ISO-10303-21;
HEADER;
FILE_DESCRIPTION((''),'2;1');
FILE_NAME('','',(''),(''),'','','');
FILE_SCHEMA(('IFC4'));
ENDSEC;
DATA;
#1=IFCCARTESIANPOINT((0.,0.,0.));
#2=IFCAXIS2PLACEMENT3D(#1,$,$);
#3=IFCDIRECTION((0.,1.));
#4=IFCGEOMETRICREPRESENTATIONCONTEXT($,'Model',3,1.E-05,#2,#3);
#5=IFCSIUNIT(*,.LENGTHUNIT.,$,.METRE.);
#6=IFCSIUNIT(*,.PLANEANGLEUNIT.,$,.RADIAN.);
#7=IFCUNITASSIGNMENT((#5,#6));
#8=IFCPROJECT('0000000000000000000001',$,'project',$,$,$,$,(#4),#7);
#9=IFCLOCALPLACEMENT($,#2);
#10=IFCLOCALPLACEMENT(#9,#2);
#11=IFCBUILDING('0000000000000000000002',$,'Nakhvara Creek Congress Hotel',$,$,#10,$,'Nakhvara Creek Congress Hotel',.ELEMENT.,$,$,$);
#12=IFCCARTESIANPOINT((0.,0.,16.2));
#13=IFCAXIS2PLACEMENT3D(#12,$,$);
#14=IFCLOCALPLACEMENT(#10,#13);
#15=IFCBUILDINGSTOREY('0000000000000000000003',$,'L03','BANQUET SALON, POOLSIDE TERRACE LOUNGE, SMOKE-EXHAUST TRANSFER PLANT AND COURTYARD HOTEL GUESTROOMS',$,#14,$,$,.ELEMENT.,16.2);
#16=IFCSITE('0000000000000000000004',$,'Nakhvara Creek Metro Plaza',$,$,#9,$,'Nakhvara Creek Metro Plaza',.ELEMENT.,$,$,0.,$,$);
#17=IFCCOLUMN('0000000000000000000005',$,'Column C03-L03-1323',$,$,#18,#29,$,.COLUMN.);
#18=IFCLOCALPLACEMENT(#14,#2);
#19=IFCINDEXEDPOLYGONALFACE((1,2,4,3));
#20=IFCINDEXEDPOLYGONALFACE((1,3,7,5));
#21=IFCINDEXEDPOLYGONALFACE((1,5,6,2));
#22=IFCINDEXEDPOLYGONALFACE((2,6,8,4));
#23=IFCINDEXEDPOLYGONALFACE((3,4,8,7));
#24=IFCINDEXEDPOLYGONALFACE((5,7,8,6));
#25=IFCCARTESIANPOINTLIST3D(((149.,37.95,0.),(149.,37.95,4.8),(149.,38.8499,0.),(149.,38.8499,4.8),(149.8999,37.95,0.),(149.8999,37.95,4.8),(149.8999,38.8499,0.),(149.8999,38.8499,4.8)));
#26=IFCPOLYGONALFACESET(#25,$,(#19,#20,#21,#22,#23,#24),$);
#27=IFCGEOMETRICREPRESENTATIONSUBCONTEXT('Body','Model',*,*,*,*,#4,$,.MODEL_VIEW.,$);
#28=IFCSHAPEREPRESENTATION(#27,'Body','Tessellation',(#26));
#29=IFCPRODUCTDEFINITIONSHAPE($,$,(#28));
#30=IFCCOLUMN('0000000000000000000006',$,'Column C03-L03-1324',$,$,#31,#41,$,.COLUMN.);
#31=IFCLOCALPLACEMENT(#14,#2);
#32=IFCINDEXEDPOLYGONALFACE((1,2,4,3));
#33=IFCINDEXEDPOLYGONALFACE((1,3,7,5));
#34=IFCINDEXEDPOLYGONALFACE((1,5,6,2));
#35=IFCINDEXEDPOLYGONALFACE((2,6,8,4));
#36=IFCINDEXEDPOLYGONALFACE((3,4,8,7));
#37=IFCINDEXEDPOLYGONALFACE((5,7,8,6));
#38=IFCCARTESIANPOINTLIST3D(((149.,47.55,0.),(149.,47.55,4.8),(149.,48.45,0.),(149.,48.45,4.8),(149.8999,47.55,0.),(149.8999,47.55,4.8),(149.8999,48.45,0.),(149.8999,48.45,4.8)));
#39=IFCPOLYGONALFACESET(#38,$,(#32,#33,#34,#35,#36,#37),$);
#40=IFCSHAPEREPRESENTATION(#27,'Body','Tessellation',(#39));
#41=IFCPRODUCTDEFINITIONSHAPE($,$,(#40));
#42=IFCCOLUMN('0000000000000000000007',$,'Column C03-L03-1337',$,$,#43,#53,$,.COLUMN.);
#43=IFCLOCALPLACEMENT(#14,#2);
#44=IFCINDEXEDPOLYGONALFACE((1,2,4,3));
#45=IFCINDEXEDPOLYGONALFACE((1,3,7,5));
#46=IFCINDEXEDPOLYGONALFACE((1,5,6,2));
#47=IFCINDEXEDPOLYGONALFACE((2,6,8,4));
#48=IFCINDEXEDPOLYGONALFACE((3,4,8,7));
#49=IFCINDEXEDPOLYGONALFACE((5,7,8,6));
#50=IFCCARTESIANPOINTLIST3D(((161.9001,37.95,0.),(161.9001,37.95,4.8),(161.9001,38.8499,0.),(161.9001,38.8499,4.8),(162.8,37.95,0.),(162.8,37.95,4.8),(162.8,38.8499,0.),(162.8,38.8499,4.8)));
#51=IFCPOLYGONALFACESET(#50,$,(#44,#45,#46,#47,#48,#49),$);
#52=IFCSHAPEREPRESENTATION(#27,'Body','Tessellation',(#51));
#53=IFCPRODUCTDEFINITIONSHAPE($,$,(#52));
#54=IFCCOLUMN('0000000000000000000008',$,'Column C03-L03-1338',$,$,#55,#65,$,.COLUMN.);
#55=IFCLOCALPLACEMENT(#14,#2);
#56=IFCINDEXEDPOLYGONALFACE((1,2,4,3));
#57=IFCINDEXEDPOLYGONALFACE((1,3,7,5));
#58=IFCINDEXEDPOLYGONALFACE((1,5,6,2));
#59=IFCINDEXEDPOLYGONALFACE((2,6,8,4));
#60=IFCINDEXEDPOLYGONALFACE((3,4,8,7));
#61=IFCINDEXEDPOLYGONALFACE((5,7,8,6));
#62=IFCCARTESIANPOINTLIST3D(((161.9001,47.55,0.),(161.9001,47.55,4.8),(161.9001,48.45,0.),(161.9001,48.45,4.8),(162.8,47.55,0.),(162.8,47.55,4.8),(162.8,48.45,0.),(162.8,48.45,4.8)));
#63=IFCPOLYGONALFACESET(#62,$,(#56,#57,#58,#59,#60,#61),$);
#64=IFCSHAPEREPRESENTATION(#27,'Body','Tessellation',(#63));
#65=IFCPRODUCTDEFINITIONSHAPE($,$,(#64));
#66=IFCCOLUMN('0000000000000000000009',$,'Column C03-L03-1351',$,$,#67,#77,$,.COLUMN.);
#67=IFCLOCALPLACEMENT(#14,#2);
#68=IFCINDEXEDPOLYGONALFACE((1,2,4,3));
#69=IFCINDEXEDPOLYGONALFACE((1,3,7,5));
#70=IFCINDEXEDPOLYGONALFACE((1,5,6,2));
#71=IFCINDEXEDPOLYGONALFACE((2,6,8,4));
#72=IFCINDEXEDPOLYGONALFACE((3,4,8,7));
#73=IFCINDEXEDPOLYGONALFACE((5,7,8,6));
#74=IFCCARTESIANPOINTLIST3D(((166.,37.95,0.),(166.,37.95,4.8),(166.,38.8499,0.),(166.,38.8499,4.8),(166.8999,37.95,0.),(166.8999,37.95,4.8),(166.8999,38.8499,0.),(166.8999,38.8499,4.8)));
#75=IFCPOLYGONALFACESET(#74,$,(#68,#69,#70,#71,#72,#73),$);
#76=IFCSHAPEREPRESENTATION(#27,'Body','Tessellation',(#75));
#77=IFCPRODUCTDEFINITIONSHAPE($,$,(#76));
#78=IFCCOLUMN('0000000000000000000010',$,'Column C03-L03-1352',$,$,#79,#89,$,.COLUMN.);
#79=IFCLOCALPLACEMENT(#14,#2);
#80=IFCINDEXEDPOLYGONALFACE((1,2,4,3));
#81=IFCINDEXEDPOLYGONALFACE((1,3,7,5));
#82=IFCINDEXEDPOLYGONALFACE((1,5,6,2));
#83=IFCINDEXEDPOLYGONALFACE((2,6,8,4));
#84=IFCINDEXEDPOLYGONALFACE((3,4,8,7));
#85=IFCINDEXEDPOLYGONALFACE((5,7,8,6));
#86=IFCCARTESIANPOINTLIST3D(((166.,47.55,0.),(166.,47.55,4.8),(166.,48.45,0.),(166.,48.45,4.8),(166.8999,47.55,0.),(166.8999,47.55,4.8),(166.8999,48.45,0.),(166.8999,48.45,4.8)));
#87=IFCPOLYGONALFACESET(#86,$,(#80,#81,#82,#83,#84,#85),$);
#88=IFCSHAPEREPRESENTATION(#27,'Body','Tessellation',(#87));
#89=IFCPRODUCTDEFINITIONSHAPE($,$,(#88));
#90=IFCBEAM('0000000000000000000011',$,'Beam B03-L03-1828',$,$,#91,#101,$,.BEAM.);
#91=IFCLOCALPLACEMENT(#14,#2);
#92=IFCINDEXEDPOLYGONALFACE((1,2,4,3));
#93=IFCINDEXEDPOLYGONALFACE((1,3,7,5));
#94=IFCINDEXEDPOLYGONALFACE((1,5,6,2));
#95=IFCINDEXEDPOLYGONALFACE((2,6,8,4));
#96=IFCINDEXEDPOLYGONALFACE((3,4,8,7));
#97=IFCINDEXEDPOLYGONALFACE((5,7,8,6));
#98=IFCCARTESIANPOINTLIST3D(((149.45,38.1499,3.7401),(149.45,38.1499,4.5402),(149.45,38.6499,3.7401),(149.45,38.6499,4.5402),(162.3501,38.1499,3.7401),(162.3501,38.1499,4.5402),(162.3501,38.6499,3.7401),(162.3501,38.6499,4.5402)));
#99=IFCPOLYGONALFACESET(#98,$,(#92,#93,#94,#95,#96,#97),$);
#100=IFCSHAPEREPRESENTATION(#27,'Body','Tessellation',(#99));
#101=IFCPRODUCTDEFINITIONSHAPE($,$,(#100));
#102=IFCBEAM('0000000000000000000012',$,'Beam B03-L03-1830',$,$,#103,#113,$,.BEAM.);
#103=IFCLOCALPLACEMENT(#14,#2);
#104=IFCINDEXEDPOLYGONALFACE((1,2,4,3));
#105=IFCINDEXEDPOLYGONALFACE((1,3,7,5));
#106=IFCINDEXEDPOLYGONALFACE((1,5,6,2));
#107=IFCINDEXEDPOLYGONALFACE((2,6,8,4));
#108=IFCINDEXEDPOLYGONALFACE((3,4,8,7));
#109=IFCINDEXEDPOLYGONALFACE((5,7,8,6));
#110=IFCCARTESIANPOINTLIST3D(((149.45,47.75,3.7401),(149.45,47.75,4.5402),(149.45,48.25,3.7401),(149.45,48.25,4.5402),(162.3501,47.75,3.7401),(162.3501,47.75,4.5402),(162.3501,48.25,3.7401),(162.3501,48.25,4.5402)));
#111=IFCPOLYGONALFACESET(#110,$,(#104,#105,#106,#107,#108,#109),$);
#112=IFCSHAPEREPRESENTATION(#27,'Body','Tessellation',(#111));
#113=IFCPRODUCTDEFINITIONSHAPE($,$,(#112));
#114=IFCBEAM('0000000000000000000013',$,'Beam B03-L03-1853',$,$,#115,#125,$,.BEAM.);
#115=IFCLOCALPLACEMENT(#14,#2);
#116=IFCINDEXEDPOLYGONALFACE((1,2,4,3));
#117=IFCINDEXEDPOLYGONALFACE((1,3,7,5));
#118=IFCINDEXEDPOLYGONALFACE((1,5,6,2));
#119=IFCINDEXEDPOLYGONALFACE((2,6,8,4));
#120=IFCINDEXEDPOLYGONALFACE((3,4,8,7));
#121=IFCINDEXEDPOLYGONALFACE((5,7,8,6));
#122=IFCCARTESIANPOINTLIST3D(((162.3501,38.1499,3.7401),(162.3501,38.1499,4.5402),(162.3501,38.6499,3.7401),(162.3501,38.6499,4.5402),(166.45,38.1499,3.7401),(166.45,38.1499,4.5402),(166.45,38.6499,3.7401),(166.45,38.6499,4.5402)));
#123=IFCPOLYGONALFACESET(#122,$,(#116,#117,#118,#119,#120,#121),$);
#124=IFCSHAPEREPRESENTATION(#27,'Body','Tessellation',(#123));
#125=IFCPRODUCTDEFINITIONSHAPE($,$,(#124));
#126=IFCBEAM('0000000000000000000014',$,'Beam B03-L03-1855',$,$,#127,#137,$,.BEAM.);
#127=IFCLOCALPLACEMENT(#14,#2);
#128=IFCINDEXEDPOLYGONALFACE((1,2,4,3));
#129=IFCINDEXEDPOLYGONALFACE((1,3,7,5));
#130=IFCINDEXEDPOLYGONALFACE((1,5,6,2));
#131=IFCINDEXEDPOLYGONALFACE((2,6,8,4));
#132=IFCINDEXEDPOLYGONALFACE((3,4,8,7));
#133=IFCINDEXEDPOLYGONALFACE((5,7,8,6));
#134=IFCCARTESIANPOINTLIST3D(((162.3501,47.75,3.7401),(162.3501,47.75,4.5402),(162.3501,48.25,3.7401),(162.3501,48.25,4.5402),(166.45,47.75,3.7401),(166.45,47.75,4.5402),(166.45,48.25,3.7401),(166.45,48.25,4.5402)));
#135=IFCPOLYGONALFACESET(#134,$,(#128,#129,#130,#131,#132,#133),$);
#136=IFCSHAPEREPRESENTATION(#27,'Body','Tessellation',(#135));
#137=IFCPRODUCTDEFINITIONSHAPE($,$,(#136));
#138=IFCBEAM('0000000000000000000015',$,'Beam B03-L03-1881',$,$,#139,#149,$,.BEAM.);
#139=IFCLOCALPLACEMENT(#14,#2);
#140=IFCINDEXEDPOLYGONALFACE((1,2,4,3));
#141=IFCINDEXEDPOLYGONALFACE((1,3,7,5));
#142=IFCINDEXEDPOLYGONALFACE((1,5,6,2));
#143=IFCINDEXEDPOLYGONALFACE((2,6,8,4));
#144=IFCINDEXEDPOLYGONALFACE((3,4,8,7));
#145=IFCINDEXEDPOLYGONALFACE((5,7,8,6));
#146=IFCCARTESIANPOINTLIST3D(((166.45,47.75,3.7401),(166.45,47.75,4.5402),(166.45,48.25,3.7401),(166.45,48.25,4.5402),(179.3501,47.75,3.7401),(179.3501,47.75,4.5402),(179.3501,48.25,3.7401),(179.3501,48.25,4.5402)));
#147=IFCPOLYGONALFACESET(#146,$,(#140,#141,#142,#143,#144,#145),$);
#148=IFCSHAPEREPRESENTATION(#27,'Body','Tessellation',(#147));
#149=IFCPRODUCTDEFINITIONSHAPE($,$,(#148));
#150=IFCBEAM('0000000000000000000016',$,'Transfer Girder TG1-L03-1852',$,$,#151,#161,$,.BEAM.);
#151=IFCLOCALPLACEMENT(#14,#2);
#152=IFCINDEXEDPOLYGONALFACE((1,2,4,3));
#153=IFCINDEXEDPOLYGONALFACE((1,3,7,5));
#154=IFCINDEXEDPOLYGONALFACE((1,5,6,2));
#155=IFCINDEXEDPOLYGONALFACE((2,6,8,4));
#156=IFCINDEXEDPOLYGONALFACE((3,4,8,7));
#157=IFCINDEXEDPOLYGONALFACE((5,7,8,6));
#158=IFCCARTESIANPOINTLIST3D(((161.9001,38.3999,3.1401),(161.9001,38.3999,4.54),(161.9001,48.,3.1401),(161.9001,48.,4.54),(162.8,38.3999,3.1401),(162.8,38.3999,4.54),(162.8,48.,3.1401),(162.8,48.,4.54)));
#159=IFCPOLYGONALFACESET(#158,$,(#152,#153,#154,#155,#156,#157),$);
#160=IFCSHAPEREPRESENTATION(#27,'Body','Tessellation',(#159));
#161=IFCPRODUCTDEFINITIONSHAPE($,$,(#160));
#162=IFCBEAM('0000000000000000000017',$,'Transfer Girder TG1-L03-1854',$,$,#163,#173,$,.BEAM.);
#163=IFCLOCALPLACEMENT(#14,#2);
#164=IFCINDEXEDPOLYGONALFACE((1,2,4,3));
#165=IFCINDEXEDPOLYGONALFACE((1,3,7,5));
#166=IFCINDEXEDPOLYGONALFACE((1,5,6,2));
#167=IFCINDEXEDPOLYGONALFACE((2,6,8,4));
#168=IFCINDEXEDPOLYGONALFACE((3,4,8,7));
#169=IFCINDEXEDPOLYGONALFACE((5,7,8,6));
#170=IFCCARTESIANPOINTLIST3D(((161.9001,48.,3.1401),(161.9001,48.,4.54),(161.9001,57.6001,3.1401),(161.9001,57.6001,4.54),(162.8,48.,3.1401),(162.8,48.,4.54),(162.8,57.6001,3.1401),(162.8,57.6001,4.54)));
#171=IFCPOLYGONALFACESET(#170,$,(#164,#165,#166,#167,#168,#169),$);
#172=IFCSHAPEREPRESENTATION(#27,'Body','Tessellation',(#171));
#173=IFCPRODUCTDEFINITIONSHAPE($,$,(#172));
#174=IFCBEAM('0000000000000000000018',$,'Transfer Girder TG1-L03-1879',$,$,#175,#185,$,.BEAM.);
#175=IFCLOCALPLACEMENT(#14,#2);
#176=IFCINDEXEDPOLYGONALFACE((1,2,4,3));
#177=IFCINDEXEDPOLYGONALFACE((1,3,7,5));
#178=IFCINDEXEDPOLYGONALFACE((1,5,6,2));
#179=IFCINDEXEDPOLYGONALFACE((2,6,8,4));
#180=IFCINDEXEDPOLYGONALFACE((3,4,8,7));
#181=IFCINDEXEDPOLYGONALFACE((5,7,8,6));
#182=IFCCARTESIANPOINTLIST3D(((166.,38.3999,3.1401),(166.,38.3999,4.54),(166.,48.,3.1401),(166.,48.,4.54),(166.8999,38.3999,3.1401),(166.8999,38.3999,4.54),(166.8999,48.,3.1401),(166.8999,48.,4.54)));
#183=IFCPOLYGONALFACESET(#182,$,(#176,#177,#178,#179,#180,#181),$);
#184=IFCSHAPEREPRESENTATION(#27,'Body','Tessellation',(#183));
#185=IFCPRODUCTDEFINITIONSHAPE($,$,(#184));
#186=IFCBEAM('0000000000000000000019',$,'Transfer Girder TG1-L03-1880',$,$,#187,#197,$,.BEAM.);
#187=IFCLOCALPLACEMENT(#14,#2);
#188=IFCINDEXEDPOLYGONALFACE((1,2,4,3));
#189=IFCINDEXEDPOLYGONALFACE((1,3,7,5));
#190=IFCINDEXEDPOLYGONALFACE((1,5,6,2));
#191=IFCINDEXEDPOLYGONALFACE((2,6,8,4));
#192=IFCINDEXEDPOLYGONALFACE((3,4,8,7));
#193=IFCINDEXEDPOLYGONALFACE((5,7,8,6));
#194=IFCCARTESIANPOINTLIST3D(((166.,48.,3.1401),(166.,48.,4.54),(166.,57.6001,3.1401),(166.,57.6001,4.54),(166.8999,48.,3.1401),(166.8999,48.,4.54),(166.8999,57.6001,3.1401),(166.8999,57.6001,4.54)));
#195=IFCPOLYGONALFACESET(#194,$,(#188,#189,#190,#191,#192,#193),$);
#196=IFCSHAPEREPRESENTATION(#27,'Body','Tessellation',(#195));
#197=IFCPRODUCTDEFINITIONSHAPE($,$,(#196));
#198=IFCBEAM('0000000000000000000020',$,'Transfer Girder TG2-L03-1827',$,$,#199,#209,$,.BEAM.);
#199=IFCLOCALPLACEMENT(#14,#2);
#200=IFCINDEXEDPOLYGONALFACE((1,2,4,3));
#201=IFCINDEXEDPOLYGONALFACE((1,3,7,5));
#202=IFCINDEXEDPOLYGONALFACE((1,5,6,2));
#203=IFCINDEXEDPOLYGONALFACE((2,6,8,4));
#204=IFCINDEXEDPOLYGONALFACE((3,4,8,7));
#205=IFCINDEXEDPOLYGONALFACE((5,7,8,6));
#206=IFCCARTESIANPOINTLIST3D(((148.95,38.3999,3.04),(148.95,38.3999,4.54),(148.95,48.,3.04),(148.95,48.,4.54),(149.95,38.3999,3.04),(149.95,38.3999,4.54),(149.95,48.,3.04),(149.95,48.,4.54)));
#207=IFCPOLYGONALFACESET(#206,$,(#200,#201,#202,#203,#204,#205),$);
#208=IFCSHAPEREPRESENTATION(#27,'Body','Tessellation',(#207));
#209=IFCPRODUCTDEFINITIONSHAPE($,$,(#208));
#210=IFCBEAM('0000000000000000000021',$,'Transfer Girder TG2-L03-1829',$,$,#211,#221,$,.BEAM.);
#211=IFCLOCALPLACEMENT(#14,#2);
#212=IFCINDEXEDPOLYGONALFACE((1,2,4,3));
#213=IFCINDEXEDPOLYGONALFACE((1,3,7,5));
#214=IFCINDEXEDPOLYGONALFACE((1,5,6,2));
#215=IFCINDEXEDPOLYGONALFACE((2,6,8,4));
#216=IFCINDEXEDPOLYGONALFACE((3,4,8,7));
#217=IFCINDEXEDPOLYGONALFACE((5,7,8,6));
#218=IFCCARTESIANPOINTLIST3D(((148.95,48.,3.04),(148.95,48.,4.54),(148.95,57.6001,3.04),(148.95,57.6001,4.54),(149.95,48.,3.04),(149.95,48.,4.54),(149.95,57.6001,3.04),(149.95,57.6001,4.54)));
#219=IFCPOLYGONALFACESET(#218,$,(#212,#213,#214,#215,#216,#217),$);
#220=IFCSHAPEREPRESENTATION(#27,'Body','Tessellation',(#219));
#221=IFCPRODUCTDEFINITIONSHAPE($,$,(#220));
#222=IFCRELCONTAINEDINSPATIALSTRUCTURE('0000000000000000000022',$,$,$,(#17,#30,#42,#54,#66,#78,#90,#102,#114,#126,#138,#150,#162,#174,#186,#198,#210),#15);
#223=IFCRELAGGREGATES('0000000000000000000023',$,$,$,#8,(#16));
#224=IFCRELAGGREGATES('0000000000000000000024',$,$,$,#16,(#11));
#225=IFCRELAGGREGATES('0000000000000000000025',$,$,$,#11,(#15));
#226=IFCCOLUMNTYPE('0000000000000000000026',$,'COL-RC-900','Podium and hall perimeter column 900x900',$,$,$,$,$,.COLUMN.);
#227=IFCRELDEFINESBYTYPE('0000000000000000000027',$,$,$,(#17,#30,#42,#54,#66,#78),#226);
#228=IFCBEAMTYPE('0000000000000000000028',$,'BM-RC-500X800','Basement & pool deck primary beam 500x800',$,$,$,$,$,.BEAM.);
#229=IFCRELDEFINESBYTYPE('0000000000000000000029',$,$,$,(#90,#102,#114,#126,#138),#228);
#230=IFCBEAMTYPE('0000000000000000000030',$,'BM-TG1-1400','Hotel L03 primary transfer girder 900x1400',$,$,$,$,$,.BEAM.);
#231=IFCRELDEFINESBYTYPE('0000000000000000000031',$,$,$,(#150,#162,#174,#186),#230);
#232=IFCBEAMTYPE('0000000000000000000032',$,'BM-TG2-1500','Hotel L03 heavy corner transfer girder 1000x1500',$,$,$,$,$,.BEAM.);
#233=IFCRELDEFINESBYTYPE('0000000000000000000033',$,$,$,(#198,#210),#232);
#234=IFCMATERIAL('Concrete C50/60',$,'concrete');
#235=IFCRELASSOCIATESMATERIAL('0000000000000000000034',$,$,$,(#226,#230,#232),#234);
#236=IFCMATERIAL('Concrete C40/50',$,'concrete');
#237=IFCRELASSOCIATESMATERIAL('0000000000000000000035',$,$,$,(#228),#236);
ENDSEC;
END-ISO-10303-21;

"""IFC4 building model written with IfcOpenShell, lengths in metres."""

from ifc_helpers import new_model, si_unit, direction, frame, origin, origin_2d, place, context, subcontext, project, spatial, rectangle, extrude, material, material_profile, profile_set, type_object, element, save


model = new_model("IFC4")

# Units and contexts
model_context = context("Model", 3, precision=1e-05, world=origin(), true_north=direction((0.0, 1.0)))
body_context = subcontext(model_context, "Body", "Model", "MODEL_VIEW")
ifc_project = project(units=[si_unit("LENGTHUNIT", "METRE"), si_unit("PLANEANGLEUNIT", "RADIAN")], contexts=[model_context])

# Site, building, storey
site_placement = place(None, origin())
site = spatial("IfcSite", under=ifc_project, at=site_placement, Name="Nakhvara Creek Metro Plaza", LongName="Nakhvara Creek Metro Plaza", CompositionType="ELEMENT", RefElevation=0.0)
building_placement = place(site_placement, origin())
building = spatial("IfcBuilding", under=site, at=building_placement, Name="Nakhvara Creek Congress Hotel", LongName="Nakhvara Creek Congress Hotel", CompositionType="ELEMENT")
storey_placement = place(building_placement, frame((0.0, 0.0, 16.2)))
storey = spatial("IfcBuildingStorey", under=building, at=storey_placement, Name="L03", Description="BANQUET SALON, POOLSIDE TERRACE LOUNGE, SMOKE-EXHAUST TRANSFER PLANT AND COURTYARD HOTEL GUESTROOMS", CompositionType="ELEMENT", Elevation=16.2)

# Columns
ifc_material_1 = material(Name="Concrete C50/60", Category="concrete")
ifc_material_profile_1 = material_profile(ifc_material_1, rectangle(XDim=0.8999, YDim=0.8999, at=origin_2d()), Name="RC-COL 900x900", Category="LoadBearing")
ifc_profile_set_1 = profile_set([ifc_material_profile_1], Name="Concrete C50/60")
column_type = type_object("IfcColumnType", Name="COL-RC-900", Description="Podium and hall perimeter column 900x900", PredefinedType="COLUMN", material=ifc_profile_set_1)
for number, where, z_axis, x_axis, name in (
    (1, (149.45, 38.3999, 0.0), (0.0, 0.0, 1.0), (1.0, 0.0, 0.0), "Column C03-L03-1323"),
    (2, (149.45, 48.0, 0.0), (0.0, 0.0, 1.0), (1.0, 0.0, 0.0), "Column C03-L03-1324"),
    (3, (162.3501, 38.3999, 0.0), (0.0, 0.0, 1.0), (1.0, 0.0, 0.0), "Column C03-L03-1337"),
    (4, (162.3501, 48.0, 0.0), (0.0, 0.0, 1.0), (1.0, 0.0, 0.0), "Column C03-L03-1338"),
    (5, (166.45, 38.3999, 0.0), (0.0, 0.0, 1.0), (1.0, 0.0, 0.0), "Column C03-L03-1351"),
    (6, (166.45, 48.0, 0.0), (0.0, 0.0, 1.0), (1.0, 0.0, 0.0), "Column C03-L03-1352"),
):
    element("IfcColumn", number, at=place(storey_placement, frame(where, z_axis=z_axis, x_axis=x_axis)), inside=storey, type_object=column_type, Name=name, PredefinedType="COLUMN", context=body_context, shape_type="SweptSolid", body=[
        extrude(rectangle(XDim=0.8999, YDim=0.8999, at=origin_2d()), origin(), (0.0, 0.0, 1.0), 4.8),
    ])

# Beams
ifc_material_2 = material(Name="Concrete C40/50", Category="concrete")
ifc_material_profile_2 = material_profile(ifc_material_2, rectangle(XDim=0.5, YDim=0.8, at=origin_2d()), Name="RC-BM 500x800", Category="LoadBearing")
ifc_profile_set_2 = profile_set([ifc_material_profile_2], Name="Concrete C40/50")
beam_type_1 = type_object("IfcBeamType", Name="BM-RC-500X800", Description="Basement & pool deck primary beam 500x800", PredefinedType="BEAM", material=ifc_profile_set_2)
for number, where, z_axis, x_axis, name in (
    (7, (149.45, 38.3999, 4.1401), (1.0, 0.0, 0.0), (0.0, 1.0, 0.0), "Beam B03-L03-1828"),
    (8, (149.45, 48.0, 4.1401), (1.0, 0.0, 0.0), (0.0, 1.0, 0.0), "Beam B03-L03-1830"),
):
    element("IfcBeam", number, at=place(storey_placement, frame(where, z_axis=z_axis, x_axis=x_axis)), inside=storey, type_object=beam_type_1, Name=name, PredefinedType="BEAM", context=body_context, shape_type="SweptSolid", body=[
        extrude(rectangle(XDim=0.5, YDim=0.8, at=origin_2d()), origin(), (0.0, 0.0, 1.0), 12.9001),
    ])
for number, where, z_axis, x_axis, name in (
    (9, (162.3501, 38.3999, 4.1401), (1.0, 0.0, 0.0), (0.0, 1.0, 0.0), "Beam B03-L03-1853"),
    (10, (162.3501, 48.0, 4.1401), (1.0, 0.0, 0.0), (0.0, 1.0, 0.0), "Beam B03-L03-1855"),
):
    element("IfcBeam", number, at=place(storey_placement, frame(where, z_axis=z_axis, x_axis=x_axis)), inside=storey, type_object=beam_type_1, Name=name, PredefinedType="BEAM", context=body_context, shape_type="SweptSolid", body=[
        extrude(rectangle(XDim=0.5, YDim=0.8, at=origin_2d()), origin(), (0.0, 0.0, 1.0), 4.0999),
    ])
beam_placement = place(storey_placement, frame((166.45, 48.0, 4.1401), z_axis=(1.0, 0.0, 0.0), x_axis=(0.0, 1.0, 0.0)))
element("IfcBeam", 11, at=beam_placement, inside=storey, type_object=beam_type_1, Name="Beam B03-L03-1881", PredefinedType="BEAM", context=body_context, shape_type="SweptSolid", body=[
    extrude(rectangle(XDim=0.5, YDim=0.8, at=origin_2d()), origin(), (0.0, 0.0, 1.0), 12.9001),
])
ifc_material_profile_3 = material_profile(ifc_material_1, rectangle(XDim=0.8999, YDim=1.3999, at=origin_2d()), Name="RC-TG 900x1400", Category="LoadBearing")
ifc_profile_set_3 = profile_set([ifc_material_profile_3], Name="Concrete C50/60")
beam_type_2 = type_object("IfcBeamType", Name="BM-TG1-1400", Description="Hotel L03 primary transfer girder 900x1400", PredefinedType="BEAM", material=ifc_profile_set_3)
for number, where, z_axis, x_axis, name in (
    (12, (162.3501, 38.3999, 3.8401), (0.0, 1.0, 0.0), (-1.0, 0.0, 0.0), "Transfer Girder TG1-L03-1852"),
    (13, (162.3501, 48.0, 3.8401), (0.0, 1.0, 0.0), (-1.0, 0.0, 0.0), "Transfer Girder TG1-L03-1854"),
    (14, (166.45, 38.3999, 3.8401), (0.0, 1.0, 0.0), (-1.0, 0.0, 0.0), "Transfer Girder TG1-L03-1879"),
    (15, (166.45, 48.0, 3.8401), (0.0, 1.0, 0.0), (-1.0, 0.0, 0.0), "Transfer Girder TG1-L03-1880"),
):
    element("IfcBeam", number, at=place(storey_placement, frame(where, z_axis=z_axis, x_axis=x_axis)), inside=storey, type_object=beam_type_2, Name=name, PredefinedType="BEAM", context=body_context, shape_type="SweptSolid", body=[
        extrude(rectangle(XDim=0.8999, YDim=1.3999, at=origin_2d()), origin(), (0.0, 0.0, 1.0), 9.6001),
    ])
ifc_material_profile_4 = material_profile(ifc_material_1, rectangle(XDim=1.0, YDim=1.5, at=origin_2d()), Name="RC-TG 1000x1500", Category="LoadBearing")
ifc_profile_set_4 = profile_set([ifc_material_profile_4], Name="Concrete C50/60")
beam_type_3 = type_object("IfcBeamType", Name="BM-TG2-1500", Description="Hotel L03 heavy corner transfer girder 1000x1500", PredefinedType="BEAM", material=ifc_profile_set_4)
for number, where, z_axis, x_axis, name in (
    (16, (149.45, 38.3999, 3.79), (0.0, 1.0, 0.0), (-1.0, 0.0, 0.0), "Transfer Girder TG2-L03-1827"),
    (17, (149.45, 48.0, 3.79), (0.0, 1.0, 0.0), (-1.0, 0.0, 0.0), "Transfer Girder TG2-L03-1829"),
):
    element("IfcBeam", number, at=place(storey_placement, frame(where, z_axis=z_axis, x_axis=x_axis)), inside=storey, type_object=beam_type_3, Name=name, PredefinedType="BEAM", context=body_context, shape_type="SweptSolid", body=[
        extrude(rectangle(XDim=1.0, YDim=1.5, at=origin_2d()), origin(), (0.0, 0.0, 1.0), 9.6001),
    ])

save(model, "model.ifc")
